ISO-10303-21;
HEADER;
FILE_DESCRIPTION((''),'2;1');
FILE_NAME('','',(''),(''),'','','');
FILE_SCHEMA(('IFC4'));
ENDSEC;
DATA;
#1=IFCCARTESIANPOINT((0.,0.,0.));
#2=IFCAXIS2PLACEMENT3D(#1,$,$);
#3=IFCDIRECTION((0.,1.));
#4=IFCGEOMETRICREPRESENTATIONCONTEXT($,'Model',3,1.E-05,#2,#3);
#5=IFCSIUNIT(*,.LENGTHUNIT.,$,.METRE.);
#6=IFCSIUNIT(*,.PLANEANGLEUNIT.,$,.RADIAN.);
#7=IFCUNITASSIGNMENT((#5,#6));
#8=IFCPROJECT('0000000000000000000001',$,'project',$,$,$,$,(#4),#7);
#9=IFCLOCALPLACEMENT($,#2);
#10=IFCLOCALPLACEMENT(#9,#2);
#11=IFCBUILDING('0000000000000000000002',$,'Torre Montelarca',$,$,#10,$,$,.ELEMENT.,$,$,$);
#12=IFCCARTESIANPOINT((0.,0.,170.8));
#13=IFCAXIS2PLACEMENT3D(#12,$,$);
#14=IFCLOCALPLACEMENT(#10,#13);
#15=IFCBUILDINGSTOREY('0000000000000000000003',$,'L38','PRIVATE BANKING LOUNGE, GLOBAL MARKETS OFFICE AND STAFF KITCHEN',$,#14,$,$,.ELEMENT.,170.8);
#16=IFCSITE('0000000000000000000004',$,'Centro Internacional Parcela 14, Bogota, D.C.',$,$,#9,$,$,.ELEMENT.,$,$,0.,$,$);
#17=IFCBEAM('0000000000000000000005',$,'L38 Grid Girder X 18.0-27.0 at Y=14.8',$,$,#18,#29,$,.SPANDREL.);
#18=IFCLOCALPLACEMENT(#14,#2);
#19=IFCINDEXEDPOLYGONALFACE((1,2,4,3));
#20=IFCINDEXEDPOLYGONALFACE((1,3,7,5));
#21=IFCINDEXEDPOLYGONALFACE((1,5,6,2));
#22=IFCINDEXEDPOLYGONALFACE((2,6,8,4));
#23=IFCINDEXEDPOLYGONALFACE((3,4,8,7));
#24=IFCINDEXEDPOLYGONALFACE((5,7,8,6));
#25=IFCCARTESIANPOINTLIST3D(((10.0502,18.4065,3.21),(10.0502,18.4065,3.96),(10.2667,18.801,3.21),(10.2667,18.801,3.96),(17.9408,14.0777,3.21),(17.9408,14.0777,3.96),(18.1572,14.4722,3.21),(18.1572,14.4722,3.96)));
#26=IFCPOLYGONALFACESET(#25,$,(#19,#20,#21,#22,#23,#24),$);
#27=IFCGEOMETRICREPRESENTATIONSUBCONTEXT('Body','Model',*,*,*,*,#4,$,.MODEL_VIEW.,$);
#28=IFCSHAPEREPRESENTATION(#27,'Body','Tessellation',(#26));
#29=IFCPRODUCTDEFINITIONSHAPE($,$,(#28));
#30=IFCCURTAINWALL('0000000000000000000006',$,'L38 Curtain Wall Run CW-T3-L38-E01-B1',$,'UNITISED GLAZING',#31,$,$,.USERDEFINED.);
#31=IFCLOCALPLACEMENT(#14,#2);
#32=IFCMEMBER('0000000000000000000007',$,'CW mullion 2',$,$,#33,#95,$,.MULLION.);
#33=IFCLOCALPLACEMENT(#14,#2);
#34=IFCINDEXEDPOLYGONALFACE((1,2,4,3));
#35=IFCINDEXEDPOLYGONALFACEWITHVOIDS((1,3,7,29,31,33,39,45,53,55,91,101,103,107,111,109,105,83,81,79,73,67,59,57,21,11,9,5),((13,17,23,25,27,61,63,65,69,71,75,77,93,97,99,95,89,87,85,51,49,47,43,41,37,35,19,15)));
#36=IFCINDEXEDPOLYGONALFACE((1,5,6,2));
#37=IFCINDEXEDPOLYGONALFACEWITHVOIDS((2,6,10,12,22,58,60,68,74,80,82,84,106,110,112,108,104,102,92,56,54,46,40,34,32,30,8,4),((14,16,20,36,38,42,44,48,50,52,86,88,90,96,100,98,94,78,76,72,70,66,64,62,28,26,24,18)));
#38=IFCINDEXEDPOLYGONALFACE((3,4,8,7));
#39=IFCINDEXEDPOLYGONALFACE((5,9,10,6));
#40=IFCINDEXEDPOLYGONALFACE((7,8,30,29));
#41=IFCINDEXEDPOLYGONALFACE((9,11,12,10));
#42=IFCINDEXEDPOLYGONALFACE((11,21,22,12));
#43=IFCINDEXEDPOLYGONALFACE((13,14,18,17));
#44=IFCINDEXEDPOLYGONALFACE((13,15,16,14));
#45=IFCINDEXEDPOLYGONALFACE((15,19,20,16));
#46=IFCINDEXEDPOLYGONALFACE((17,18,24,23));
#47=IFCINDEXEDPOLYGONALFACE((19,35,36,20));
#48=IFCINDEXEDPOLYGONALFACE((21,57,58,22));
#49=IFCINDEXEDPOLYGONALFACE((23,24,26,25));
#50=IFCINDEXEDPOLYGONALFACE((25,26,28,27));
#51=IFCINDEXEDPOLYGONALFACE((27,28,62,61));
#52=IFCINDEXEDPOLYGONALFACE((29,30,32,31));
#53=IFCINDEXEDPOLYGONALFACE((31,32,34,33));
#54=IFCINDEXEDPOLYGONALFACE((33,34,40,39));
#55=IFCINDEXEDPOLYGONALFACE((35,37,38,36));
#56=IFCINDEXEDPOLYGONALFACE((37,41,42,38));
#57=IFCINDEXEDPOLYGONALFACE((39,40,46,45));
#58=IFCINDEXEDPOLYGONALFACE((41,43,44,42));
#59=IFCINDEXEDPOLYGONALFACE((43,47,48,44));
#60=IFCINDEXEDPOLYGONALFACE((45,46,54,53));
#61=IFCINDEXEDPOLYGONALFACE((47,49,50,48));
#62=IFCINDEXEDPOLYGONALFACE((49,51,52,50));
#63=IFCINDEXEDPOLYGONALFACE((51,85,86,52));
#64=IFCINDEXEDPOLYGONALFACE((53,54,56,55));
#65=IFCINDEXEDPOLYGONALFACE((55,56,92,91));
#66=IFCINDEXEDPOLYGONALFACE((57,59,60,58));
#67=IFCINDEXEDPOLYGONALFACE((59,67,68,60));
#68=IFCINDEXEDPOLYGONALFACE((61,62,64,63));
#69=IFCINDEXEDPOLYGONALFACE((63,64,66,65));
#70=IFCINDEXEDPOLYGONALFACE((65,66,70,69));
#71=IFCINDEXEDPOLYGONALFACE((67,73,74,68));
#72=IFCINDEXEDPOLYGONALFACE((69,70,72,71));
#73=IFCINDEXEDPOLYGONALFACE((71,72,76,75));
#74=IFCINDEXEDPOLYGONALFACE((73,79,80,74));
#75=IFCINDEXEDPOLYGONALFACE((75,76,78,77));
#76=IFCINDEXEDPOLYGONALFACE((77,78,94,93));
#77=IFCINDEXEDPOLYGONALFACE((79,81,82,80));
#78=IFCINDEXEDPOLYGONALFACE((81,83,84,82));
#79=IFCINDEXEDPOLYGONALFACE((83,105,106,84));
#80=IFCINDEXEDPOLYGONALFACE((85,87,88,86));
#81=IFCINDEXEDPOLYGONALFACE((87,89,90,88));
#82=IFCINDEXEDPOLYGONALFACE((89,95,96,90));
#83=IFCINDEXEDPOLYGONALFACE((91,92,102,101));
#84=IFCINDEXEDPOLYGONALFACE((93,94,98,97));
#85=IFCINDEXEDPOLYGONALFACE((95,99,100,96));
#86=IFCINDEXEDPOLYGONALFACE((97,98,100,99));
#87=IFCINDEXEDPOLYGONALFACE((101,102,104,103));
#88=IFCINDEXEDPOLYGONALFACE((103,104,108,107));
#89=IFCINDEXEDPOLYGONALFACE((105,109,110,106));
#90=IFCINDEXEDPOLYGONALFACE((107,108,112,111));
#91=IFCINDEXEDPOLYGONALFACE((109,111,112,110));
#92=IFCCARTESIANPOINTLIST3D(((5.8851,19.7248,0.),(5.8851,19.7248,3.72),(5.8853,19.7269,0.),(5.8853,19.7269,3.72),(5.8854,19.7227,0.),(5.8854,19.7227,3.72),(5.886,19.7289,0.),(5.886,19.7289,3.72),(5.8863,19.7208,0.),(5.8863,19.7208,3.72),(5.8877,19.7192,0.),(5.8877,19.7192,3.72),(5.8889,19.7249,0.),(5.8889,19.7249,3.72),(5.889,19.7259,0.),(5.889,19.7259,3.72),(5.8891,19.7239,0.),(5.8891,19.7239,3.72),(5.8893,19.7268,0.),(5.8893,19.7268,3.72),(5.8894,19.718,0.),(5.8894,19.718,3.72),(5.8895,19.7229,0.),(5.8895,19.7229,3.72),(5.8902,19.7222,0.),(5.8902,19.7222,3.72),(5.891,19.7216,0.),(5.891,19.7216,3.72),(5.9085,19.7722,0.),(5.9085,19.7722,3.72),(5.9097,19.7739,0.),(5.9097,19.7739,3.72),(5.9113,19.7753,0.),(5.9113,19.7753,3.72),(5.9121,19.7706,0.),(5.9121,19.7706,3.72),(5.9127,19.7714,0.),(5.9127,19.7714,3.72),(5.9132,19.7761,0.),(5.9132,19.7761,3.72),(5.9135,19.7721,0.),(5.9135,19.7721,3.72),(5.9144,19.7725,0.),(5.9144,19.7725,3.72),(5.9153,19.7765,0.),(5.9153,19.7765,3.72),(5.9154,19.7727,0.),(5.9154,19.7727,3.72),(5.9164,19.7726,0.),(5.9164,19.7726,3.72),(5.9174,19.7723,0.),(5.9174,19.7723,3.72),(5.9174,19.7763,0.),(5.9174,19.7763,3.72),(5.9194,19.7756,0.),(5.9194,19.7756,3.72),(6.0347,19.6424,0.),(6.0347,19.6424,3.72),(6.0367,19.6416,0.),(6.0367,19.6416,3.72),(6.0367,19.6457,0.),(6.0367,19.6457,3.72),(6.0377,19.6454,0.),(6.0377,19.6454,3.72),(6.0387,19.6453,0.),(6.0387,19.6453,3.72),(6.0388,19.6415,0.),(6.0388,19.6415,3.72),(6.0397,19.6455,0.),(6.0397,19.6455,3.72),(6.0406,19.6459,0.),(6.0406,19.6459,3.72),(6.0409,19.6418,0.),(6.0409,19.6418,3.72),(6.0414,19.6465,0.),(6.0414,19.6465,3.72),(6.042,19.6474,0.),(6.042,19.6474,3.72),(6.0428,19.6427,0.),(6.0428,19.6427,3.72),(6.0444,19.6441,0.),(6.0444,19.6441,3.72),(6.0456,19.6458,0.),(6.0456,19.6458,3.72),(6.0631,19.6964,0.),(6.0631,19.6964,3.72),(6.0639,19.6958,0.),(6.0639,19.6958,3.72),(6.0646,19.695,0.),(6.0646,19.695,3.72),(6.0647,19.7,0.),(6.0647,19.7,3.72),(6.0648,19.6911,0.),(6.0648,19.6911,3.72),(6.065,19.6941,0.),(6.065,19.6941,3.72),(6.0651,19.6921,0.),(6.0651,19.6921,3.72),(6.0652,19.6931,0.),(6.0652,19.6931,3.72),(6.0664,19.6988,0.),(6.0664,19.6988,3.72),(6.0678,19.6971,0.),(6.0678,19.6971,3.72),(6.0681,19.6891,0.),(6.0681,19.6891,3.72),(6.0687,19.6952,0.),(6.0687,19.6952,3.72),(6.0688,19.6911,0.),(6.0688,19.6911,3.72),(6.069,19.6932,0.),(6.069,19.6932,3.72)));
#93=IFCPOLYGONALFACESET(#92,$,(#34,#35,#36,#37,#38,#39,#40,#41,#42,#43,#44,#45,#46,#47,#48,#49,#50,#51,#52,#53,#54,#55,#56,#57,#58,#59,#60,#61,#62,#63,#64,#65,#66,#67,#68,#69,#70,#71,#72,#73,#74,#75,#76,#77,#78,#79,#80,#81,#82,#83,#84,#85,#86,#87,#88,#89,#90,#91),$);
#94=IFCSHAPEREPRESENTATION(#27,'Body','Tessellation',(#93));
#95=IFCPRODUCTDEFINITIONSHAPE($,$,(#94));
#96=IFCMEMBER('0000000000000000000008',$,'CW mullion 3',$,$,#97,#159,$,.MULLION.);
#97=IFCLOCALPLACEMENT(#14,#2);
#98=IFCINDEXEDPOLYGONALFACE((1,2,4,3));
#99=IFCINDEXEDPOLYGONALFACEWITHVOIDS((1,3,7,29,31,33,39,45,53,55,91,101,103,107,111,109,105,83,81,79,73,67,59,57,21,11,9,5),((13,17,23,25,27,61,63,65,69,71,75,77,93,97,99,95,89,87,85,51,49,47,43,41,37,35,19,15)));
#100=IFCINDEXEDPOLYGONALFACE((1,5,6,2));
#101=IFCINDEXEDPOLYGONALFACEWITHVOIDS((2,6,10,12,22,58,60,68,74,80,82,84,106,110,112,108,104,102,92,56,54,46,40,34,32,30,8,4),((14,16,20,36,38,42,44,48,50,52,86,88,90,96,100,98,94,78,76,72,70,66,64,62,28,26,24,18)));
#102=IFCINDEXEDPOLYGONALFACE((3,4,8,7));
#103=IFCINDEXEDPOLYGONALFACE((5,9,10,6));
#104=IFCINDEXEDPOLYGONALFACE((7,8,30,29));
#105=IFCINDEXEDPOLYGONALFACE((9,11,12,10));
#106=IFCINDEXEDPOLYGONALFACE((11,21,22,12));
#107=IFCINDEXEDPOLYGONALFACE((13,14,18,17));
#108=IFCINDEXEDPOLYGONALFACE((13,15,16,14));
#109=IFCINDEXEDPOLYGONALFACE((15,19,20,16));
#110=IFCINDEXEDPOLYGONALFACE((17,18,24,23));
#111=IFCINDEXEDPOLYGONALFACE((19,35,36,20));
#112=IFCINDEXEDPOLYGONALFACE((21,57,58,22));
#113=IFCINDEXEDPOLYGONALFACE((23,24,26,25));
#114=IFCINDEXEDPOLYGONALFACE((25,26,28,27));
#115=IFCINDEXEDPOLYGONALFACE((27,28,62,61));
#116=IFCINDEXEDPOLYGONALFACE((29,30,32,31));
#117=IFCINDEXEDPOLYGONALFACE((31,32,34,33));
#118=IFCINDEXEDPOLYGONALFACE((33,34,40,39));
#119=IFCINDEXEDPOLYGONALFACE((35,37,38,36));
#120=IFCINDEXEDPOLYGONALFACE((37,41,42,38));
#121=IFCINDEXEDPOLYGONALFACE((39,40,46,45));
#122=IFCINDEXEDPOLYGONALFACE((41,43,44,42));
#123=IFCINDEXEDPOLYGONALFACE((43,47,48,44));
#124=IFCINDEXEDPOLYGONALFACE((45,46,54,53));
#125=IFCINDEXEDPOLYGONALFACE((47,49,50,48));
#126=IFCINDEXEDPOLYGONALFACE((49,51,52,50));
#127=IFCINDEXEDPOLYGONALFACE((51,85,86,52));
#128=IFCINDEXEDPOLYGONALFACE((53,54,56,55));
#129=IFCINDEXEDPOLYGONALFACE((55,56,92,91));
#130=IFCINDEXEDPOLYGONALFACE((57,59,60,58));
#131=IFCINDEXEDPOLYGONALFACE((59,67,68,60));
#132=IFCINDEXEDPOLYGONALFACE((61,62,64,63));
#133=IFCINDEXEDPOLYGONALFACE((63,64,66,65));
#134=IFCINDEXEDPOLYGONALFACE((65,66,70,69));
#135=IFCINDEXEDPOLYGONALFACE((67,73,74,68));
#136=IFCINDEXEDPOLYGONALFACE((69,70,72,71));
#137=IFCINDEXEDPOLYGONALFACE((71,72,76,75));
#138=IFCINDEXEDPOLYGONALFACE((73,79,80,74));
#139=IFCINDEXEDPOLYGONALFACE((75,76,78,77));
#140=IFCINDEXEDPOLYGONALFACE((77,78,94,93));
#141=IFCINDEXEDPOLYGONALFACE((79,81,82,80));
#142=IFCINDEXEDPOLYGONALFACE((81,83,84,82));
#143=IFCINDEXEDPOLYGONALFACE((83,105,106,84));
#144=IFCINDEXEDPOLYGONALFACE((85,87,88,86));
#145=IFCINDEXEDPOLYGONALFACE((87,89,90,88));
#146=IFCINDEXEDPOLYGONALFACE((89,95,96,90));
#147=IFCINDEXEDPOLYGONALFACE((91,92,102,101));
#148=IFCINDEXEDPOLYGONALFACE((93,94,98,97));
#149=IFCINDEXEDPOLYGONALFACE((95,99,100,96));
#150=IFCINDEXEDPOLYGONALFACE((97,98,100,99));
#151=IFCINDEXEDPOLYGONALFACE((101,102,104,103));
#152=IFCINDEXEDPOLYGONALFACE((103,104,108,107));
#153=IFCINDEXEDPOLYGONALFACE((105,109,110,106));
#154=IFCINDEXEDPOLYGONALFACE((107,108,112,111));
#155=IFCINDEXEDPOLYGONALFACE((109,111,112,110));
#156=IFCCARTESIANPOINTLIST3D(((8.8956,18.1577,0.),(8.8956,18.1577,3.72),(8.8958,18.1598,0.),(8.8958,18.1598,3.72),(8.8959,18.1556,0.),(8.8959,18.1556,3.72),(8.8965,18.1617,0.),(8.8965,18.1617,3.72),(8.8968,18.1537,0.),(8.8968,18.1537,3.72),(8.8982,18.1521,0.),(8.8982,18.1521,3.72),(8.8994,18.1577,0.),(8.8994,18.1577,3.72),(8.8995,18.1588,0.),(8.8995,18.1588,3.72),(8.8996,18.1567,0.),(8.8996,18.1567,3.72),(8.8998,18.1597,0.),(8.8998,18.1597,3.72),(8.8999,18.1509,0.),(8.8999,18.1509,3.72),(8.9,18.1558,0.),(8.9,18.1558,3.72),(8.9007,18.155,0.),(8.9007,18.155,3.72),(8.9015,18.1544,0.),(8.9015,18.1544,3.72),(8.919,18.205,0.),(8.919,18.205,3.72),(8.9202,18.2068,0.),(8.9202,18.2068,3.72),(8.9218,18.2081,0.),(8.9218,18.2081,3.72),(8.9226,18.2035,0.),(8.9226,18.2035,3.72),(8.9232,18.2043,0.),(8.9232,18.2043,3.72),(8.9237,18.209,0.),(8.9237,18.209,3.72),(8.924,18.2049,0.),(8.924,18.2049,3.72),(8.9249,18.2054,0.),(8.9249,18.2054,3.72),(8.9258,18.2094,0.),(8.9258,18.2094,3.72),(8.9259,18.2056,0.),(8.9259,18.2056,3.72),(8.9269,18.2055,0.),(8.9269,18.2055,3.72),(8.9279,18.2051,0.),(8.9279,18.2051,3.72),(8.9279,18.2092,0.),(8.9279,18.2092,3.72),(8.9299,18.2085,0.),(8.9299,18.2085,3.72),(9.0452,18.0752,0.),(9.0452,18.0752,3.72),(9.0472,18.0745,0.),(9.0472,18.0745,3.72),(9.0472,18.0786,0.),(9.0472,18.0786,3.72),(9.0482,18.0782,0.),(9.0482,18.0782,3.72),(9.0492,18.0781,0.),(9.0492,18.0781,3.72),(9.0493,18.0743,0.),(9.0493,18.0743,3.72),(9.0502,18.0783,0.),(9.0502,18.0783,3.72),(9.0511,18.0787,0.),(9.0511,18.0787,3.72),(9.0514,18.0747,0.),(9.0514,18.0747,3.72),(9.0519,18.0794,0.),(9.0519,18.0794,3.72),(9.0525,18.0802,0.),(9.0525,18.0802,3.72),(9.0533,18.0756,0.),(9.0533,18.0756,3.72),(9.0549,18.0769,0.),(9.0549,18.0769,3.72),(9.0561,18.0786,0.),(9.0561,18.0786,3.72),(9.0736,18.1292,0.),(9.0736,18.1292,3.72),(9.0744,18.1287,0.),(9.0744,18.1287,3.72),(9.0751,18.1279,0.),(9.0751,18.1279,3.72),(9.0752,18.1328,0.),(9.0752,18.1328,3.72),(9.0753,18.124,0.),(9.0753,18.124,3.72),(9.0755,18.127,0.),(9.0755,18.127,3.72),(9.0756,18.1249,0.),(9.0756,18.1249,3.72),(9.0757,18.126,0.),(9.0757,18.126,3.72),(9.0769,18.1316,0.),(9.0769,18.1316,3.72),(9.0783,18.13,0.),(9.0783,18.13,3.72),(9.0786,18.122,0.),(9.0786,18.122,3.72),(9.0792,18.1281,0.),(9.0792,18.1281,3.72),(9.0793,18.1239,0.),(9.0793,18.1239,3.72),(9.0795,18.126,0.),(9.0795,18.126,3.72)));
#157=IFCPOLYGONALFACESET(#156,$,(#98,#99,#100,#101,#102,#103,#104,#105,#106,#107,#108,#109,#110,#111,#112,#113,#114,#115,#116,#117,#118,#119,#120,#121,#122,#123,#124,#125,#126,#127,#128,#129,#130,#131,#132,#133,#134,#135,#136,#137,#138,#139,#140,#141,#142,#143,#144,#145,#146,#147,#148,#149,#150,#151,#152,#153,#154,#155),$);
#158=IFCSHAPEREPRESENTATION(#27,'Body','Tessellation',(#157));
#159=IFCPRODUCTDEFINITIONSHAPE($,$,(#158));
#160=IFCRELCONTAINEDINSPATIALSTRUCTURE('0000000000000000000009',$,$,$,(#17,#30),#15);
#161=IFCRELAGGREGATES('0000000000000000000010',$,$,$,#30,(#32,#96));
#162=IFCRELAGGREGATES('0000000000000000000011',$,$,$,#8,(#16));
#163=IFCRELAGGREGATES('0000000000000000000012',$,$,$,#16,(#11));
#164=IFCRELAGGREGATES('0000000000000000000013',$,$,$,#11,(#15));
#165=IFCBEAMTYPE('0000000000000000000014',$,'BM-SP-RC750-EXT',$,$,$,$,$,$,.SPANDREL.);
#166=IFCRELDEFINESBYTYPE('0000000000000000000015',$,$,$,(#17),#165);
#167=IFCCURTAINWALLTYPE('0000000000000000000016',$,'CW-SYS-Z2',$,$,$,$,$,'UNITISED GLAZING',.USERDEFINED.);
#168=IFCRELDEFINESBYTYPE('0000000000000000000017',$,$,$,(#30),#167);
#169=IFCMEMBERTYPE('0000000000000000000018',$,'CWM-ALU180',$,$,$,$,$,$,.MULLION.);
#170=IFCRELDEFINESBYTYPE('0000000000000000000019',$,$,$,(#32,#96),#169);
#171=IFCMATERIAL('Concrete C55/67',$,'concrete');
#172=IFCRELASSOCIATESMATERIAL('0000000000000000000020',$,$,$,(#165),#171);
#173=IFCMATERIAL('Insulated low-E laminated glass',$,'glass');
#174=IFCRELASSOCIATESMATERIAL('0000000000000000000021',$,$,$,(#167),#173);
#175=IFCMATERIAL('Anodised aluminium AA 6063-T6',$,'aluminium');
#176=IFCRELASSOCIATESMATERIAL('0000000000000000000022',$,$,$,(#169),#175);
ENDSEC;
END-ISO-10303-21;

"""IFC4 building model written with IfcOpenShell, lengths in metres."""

from ifc_helpers import new_model, si_unit, direction, frame, origin, origin_2d, place, context, subcontext, project, spatial, rectangle, hollow_rectangle, extrude, source, transform, mapped, material, material_profile, profile_set, type_object, element, aggregate, save


model = new_model("IFC4")

# Units and contexts
model_context = context("Model", 3, precision=1e-05, world=origin(), true_north=direction((0.0, 1.0)))
body_context = subcontext(model_context, "Body", "Model", "MODEL_VIEW")
ifc_project = project(units=[si_unit("LENGTHUNIT", "METRE"), si_unit("PLANEANGLEUNIT", "RADIAN")], contexts=[model_context])

# Site, building, storey
site_placement = place(None, origin())
site = spatial("IfcSite", under=ifc_project, at=site_placement, Name="Centro Internacional Parcela 14, Bogota, D.C.", CompositionType="ELEMENT", RefElevation=0.0)
building_placement = place(site_placement, origin())
building = spatial("IfcBuilding", under=site, at=building_placement, Name="Torre Montelarca", CompositionType="ELEMENT")
storey_placement = place(building_placement, frame((0.0, 0.0, 170.8)))
storey = spatial("IfcBuildingStorey", under=building, at=storey_placement, Name="L38", Description="PRIVATE BANKING LOUNGE, GLOBAL MARKETS OFFICE AND STAFF KITCHEN", CompositionType="ELEMENT", Elevation=170.8)

# Shared definitions
ifc_material_1 = material(Name="Concrete C55/67", Category="concrete")

# Beam
ifc_material_profile_1 = material_profile(ifc_material_1, rectangle(XDim=0.45, YDim=0.75, at=origin_2d()), Name="RCB450X750", Category="concrete")
ifc_profile_set_1 = profile_set([ifc_material_profile_1], Name="Concrete C55/67")
beam_type = type_object("IfcBeamType", Name="BM-SP-RC750-EXT", PredefinedType="SPANDREL", material=ifc_profile_set_1)
shared_shape_1 = source(origin(), body_context, "Body", "SweptSolid", [
    extrude(rectangle(XDim=0.45, YDim=0.75, at=origin_2d()), origin(), (0.0, 0.0, 1.0), 9.0),
])
beam_placement = place(storey_placement, frame((10.1584, 18.6038, 3.585), z_axis=(0.876731, -0.480981, 0.0), x_axis=(0.480981, 0.876731, 0.0)))
element("IfcBeam", 1, at=beam_placement, inside=storey, type_object=beam_type, Name="L38 Grid Girder X 18.0-27.0 at Y=14.8", PredefinedType="SPANDREL", context=body_context, shape_type="MappedRepresentation", body=[
    mapped(shared_shape_1, transform((0.0, 0.0, 0.0), scale=1.0)),
])

# Curtain wall, members
ifc_material_2 = material(Name="Insulated low-E laminated glass", Category="glass")
curtain_wall_type = type_object("IfcCurtainWallType", Name="CW-SYS-Z2", ElementType="UNITISED GLAZING", PredefinedType="USERDEFINED", material=ifc_material_2)
curtain_wall_1_placement = place(storey_placement, origin())
curtain_wall_1 = element("IfcCurtainWall", 2, at=curtain_wall_1_placement, inside=storey, type_object=curtain_wall_type, Name="L38 Curtain Wall Run CW-T3-L38-E01-B1", ObjectType="UNITISED GLAZING", PredefinedType="USERDEFINED")
ifc_material_3 = material(Name="Anodised aluminium AA 6063-T6", Category="aluminium")
ifc_material_profile_2 = material_profile(ifc_material_3, hollow_rectangle(XDim=0.0649, YDim=0.1799, WallThickness=0.0039, InnerFilletRadius=0.0039, OuterFilletRadius=0.0081, at=origin_2d()), Name="ALU65X180X4", Category="aluminium")
ifc_profile_set_2 = profile_set([ifc_material_profile_2], Name="Anodised aluminium AA 6063-T6")
member_type_1 = type_object("IfcMemberType", Name="CWM-ALU180", PredefinedType="MULLION", material=ifc_profile_set_2)
shared_shape_2 = source(origin(), body_context, "Body", "SweptSolid", [
    extrude(hollow_rectangle(XDim=0.0649, YDim=0.1799, WallThickness=0.0039, InnerFilletRadius=0.0039, OuterFilletRadius=0.0081, at=origin_2d()), origin(), (0.0, 0.0, 1.0), 3.72),
])
member_1_placement = place(storey_placement, frame((5.9771, 19.709, 0.0), z_axis=(0.0, 0.0, 1.0), x_axis=(0.461741, 0.887015, 0.0)))
member_1 = element("IfcMember", 3, at=member_1_placement, type_object=member_type_1, Name="CW mullion 2", PredefinedType="MULLION", context=body_context, shape_type="MappedRepresentation", body=[
    mapped(shared_shape_2, transform((0.0, 0.0, 0.0), scale=1.0)),
])
member_2_placement = place(storey_placement, frame((8.9875, 18.1418, 0.0), z_axis=(0.0, 0.0, 1.0), x_axis=(0.461741, 0.887015, 0.0)))
member_2 = element("IfcMember", 4, at=member_2_placement, type_object=member_type_1, Name="CW mullion 3", PredefinedType="MULLION", context=body_context, shape_type="MappedRepresentation", body=[
    mapped(shared_shape_2, transform((0.0, 0.0, 0.0), scale=1.0)),
])

aggregate(curtain_wall_1, [member_1, member_2])

save(model, "model.ifc")
